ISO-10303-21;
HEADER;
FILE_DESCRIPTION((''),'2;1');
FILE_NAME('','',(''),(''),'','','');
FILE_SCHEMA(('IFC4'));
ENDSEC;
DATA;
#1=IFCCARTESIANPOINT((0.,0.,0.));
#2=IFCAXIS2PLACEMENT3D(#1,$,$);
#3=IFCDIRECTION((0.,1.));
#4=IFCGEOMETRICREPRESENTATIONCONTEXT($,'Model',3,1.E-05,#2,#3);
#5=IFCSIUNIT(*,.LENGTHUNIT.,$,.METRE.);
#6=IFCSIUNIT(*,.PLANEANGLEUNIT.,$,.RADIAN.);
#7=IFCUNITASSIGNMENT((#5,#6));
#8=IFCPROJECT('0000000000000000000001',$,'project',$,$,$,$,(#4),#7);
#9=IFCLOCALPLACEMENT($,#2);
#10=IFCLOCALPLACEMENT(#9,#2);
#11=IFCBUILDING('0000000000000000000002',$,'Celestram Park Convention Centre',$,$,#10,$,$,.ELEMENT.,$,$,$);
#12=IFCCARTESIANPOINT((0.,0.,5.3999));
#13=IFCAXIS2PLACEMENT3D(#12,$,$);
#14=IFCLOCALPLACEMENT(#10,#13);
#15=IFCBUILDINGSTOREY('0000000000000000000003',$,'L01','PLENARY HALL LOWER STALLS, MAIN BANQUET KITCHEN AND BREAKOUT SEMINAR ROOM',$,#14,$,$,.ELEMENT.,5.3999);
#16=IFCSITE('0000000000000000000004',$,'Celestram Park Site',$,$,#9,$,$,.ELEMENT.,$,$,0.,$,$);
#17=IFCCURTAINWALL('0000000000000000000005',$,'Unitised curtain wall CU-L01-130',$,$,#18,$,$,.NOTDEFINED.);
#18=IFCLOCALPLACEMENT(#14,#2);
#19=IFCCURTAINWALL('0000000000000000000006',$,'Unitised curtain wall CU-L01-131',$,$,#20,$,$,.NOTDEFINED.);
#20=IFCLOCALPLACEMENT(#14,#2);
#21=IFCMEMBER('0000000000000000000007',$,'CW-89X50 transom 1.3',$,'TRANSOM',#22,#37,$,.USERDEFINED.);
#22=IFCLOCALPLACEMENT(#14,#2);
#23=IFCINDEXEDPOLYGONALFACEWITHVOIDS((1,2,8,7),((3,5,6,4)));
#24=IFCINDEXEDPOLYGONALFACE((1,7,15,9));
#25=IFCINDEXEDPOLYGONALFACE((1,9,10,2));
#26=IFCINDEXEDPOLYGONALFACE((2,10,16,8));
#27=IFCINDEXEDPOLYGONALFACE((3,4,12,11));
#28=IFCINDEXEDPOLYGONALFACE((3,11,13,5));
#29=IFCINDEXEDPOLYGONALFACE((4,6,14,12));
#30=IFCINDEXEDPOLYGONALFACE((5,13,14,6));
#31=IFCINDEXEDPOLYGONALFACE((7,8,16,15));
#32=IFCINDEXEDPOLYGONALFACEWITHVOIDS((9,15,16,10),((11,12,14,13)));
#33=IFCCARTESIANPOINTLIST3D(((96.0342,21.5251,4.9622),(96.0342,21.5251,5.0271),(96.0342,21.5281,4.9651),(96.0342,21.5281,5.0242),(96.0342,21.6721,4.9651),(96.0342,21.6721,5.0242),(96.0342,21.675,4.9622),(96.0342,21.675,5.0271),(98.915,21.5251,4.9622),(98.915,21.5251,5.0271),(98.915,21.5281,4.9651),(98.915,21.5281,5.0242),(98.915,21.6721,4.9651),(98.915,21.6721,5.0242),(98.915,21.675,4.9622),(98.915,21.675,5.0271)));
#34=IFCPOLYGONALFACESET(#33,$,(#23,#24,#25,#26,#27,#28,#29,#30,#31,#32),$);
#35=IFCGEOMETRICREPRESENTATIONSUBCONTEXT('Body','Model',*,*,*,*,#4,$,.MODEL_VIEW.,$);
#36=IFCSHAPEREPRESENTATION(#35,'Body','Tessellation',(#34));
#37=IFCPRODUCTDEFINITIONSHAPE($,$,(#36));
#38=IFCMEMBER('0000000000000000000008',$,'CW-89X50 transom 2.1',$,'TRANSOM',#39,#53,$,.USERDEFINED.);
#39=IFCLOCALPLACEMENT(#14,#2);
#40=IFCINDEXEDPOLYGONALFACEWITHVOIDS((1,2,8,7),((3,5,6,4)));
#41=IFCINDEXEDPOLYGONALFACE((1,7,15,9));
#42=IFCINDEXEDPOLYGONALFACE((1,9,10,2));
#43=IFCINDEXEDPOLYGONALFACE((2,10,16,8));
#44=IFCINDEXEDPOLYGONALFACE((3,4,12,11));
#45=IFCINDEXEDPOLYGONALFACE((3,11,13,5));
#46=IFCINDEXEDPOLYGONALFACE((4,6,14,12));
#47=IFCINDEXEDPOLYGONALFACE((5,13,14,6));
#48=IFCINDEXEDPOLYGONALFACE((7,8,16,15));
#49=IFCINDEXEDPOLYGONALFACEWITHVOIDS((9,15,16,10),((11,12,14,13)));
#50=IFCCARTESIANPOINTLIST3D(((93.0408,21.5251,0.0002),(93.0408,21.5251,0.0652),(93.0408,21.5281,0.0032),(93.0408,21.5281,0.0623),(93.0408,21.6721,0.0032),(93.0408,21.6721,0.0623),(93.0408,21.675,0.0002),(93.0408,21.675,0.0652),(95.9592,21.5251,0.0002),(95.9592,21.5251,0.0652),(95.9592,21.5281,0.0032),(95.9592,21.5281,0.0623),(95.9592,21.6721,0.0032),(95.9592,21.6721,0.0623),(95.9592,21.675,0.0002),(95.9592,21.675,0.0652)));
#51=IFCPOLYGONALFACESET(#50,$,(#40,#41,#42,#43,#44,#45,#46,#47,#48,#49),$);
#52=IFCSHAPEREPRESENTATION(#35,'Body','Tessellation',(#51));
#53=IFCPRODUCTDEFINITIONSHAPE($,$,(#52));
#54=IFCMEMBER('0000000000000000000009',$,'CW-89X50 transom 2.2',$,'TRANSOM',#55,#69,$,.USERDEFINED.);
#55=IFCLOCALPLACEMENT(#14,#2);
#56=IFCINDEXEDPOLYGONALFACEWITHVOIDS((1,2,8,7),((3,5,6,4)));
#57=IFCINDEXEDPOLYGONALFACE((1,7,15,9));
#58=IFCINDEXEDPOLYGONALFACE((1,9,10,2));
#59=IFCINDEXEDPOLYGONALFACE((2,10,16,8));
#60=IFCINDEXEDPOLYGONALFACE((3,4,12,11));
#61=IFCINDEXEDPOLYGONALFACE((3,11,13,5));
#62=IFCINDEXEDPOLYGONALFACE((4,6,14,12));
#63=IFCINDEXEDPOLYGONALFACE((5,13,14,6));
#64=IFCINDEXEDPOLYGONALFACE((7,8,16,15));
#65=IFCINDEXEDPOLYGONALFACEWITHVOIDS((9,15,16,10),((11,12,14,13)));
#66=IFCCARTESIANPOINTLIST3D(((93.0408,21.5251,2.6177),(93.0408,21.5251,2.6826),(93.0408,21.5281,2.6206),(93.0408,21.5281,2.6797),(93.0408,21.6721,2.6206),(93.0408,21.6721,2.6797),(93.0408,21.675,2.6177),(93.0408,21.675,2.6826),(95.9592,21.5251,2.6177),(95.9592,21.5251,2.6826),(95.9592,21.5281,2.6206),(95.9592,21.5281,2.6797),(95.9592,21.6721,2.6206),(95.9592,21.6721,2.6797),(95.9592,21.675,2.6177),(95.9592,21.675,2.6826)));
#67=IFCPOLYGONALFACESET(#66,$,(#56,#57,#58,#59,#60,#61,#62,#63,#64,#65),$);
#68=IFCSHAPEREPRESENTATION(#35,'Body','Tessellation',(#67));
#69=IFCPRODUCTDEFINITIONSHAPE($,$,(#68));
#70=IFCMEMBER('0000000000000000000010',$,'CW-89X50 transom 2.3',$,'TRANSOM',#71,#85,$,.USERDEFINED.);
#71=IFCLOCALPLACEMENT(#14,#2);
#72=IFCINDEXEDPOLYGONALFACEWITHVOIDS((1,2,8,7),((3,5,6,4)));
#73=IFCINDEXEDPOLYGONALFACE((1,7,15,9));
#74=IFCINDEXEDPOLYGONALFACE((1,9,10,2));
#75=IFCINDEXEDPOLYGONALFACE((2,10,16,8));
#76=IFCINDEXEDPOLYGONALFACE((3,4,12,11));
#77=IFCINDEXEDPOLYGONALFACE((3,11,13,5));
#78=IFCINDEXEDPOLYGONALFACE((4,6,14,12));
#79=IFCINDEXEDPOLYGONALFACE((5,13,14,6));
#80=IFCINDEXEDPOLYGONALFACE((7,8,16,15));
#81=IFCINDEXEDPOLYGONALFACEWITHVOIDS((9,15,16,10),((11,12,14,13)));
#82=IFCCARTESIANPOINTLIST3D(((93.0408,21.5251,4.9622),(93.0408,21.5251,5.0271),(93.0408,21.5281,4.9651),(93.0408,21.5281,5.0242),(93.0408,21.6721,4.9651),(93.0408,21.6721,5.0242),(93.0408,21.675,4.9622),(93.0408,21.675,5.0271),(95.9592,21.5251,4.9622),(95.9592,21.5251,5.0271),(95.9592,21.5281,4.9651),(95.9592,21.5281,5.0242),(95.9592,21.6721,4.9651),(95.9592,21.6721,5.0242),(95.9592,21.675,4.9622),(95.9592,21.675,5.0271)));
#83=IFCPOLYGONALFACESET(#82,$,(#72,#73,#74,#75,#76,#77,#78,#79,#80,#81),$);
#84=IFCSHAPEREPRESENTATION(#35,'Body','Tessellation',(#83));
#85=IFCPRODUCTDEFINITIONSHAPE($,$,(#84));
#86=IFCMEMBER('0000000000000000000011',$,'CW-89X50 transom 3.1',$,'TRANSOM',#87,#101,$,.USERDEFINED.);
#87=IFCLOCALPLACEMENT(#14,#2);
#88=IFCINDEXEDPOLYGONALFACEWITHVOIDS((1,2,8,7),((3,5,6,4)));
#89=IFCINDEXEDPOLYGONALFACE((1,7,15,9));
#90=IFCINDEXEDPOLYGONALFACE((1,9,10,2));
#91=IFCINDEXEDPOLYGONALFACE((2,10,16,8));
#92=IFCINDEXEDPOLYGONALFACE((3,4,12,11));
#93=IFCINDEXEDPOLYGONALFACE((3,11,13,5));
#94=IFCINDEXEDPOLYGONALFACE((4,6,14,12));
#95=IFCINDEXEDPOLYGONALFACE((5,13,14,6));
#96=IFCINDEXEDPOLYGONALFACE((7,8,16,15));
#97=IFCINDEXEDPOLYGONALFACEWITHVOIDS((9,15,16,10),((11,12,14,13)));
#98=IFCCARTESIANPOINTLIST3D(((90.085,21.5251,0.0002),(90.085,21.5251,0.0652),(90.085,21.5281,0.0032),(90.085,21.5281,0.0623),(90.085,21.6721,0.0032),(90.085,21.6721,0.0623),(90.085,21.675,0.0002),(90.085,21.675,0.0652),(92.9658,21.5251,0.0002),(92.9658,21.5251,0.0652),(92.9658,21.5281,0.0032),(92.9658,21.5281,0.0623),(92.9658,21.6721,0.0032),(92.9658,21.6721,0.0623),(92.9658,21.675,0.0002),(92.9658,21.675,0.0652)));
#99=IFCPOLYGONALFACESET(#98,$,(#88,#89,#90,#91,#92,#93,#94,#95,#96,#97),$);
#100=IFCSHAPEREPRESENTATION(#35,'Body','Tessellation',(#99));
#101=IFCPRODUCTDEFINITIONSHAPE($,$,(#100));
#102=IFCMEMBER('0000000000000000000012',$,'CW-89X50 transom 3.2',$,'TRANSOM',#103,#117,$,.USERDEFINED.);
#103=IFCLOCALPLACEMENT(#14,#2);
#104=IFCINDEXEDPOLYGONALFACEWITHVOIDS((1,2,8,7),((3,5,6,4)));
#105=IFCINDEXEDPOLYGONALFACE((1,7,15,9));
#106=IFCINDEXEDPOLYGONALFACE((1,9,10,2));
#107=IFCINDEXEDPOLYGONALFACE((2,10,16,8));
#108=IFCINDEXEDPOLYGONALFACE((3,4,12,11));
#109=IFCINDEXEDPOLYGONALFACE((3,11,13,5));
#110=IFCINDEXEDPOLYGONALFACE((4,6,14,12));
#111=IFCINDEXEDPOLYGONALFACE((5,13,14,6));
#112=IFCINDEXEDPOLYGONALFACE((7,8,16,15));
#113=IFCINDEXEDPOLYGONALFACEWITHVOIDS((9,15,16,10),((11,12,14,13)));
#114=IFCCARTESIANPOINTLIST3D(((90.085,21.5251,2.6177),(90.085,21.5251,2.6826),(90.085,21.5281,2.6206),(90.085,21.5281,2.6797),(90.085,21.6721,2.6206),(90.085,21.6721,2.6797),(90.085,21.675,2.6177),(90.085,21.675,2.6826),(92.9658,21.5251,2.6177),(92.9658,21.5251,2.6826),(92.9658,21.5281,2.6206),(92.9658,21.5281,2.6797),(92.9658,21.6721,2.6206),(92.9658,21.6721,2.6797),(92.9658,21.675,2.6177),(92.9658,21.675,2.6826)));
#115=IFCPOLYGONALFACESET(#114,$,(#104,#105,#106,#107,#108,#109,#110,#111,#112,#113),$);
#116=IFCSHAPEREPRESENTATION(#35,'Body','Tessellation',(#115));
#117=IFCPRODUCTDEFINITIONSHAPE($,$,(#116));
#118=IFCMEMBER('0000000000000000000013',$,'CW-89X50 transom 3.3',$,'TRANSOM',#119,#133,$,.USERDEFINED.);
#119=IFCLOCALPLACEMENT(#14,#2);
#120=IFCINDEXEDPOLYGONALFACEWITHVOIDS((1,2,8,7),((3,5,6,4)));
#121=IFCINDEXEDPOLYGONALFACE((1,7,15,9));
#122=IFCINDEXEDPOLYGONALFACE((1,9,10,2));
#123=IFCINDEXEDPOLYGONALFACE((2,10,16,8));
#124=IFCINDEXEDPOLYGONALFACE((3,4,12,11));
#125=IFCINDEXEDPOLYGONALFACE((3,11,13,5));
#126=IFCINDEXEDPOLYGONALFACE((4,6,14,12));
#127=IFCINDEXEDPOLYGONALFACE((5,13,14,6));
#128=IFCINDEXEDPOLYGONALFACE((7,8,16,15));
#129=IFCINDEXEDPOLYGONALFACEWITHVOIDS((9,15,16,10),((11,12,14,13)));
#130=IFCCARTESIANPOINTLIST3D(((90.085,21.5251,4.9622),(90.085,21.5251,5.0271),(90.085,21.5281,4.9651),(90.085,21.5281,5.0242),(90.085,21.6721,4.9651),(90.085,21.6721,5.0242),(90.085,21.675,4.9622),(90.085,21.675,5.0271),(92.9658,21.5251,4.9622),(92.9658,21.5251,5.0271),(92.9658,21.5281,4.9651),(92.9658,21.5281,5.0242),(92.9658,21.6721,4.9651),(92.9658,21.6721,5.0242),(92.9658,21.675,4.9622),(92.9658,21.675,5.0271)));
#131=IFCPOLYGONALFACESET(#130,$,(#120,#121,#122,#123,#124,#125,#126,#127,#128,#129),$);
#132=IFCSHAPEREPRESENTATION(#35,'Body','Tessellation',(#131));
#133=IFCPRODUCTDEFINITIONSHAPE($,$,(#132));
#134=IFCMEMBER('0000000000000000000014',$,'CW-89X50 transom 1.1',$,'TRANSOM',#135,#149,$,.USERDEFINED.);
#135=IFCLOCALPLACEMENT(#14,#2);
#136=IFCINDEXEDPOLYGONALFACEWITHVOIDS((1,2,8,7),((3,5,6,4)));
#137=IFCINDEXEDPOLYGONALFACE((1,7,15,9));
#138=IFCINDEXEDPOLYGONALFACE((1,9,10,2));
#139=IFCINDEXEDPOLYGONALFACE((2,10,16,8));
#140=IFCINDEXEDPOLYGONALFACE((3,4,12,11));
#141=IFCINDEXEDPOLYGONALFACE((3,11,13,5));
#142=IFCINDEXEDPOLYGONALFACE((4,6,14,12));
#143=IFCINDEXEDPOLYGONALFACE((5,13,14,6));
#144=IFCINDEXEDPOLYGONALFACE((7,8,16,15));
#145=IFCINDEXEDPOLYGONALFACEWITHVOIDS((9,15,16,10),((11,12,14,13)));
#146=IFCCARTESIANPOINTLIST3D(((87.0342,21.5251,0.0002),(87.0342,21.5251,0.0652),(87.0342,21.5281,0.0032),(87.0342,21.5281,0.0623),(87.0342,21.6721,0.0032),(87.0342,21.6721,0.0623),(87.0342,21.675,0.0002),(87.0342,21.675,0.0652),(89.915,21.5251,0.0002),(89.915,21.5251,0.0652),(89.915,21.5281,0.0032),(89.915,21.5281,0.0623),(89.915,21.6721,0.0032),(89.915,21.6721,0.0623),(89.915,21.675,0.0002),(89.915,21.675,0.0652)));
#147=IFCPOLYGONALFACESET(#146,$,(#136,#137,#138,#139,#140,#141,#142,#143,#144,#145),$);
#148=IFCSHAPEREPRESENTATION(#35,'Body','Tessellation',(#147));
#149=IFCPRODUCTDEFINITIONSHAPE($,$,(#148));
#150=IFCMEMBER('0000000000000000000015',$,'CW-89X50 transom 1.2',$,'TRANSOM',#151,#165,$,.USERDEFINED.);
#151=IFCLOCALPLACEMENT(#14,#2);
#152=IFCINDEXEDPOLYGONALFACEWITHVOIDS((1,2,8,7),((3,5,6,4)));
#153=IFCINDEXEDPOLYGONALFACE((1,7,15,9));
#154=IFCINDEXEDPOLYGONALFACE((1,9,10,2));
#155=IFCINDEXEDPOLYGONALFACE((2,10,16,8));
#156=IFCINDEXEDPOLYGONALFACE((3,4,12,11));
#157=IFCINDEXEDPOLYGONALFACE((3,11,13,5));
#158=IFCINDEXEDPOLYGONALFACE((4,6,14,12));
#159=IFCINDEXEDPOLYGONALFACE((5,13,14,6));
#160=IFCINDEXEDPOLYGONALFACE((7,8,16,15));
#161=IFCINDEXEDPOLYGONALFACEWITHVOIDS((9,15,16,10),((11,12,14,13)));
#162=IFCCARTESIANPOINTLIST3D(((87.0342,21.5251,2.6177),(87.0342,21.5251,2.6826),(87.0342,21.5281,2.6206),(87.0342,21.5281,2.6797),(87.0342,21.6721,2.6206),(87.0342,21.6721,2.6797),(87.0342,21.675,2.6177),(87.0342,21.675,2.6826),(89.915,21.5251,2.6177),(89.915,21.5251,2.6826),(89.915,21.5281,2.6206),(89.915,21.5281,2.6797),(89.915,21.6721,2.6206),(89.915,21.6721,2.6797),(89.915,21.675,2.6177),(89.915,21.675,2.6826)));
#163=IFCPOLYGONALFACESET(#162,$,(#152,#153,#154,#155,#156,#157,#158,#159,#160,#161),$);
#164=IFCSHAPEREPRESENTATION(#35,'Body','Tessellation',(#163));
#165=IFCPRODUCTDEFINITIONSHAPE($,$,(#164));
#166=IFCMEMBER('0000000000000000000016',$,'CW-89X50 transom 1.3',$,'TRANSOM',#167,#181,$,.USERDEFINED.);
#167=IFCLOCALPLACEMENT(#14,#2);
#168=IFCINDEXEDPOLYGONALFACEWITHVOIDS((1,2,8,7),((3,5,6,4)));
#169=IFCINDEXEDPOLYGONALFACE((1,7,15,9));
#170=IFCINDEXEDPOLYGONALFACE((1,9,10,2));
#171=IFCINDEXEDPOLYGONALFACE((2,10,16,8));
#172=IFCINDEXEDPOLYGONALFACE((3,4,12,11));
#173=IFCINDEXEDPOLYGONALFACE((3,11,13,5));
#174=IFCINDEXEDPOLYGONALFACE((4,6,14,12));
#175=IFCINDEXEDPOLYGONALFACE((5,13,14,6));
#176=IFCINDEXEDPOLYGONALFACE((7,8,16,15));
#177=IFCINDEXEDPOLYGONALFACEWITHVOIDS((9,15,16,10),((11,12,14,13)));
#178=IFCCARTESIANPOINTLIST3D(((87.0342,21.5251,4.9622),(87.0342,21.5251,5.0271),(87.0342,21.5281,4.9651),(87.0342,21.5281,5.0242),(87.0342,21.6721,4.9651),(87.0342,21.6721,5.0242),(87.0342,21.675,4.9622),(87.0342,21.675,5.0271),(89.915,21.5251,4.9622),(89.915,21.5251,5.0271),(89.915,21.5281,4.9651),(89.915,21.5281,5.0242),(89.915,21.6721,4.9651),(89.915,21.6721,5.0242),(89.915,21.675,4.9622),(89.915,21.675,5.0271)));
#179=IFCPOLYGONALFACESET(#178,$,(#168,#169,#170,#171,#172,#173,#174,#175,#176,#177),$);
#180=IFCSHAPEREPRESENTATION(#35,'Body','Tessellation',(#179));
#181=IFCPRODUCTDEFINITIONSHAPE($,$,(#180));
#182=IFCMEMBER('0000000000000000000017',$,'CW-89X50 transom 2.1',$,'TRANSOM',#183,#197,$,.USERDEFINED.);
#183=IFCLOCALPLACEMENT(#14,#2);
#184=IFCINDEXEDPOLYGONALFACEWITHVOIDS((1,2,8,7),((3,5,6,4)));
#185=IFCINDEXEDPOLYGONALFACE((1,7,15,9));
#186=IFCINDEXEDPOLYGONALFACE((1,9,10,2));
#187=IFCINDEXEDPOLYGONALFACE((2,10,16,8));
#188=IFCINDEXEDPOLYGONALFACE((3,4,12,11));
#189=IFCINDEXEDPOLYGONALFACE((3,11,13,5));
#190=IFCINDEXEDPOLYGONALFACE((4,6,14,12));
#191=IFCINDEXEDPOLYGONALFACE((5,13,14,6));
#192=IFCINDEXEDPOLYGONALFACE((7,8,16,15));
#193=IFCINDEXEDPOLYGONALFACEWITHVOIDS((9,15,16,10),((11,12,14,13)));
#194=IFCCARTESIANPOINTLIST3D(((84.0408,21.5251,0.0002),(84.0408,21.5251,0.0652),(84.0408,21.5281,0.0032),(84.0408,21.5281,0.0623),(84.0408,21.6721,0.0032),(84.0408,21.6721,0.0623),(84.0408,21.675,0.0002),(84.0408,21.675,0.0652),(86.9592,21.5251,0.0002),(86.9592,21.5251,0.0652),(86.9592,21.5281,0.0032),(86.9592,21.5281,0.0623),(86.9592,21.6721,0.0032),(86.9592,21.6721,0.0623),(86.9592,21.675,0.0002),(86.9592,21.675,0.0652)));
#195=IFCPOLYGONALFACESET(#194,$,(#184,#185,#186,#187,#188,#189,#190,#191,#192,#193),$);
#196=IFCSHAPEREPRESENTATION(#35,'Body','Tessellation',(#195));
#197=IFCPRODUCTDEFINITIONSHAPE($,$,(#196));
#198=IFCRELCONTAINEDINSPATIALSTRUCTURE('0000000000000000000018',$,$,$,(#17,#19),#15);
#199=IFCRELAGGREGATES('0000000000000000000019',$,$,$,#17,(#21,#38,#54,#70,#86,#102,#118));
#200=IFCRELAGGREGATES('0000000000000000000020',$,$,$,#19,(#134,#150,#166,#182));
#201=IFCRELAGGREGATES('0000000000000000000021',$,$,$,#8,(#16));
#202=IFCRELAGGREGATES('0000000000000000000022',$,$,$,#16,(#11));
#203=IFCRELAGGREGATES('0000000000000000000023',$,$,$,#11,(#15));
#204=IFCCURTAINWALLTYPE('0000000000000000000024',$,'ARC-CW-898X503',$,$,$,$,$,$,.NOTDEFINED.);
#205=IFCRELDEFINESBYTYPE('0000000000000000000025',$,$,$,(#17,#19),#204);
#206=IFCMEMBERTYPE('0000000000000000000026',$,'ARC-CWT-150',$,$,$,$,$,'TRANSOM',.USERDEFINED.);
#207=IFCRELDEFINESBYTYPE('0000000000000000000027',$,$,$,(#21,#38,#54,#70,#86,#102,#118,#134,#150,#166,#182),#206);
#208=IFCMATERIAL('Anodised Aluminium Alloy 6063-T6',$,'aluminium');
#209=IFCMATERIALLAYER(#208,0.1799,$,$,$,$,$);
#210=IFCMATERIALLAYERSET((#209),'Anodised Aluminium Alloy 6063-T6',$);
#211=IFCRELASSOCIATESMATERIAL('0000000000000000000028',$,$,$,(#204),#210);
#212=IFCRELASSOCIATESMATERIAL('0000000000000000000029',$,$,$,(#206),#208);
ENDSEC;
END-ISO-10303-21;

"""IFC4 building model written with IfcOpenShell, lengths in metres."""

from ifc_helpers import new_model, si_unit, direction, frame, origin, origin_2d, place, context, subcontext, project, spatial, hollow_rectangle, extrude, material, layer, layer_set, material_profile, profile_set, type_object, element, aggregate, save


model = new_model("IFC4")

# Units and contexts
model_context = context("Model", 3, precision=1e-05, world=origin(), true_north=direction((0.0, 1.0)))
body_context = subcontext(model_context, "Body", "Model", "MODEL_VIEW")
ifc_project = project(units=[si_unit("LENGTHUNIT", "METRE"), si_unit("PLANEANGLEUNIT", "RADIAN")], contexts=[model_context])

# Site, building, storey
site_placement = place(None, origin())
site = spatial("IfcSite", under=ifc_project, at=site_placement, Name="Celestram Park Site", CompositionType="ELEMENT", RefElevation=0.0)
building_placement = place(site_placement, origin())
building = spatial("IfcBuilding", under=site, at=building_placement, Name="Celestram Park Convention Centre", CompositionType="ELEMENT")
storey_placement = place(building_placement, frame((0.0, 0.0, 5.3999)))
storey = spatial("IfcBuildingStorey", under=building, at=storey_placement, Name="L01", Description="PLENARY HALL LOWER STALLS, MAIN BANQUET KITCHEN AND BREAKOUT SEMINAR ROOM", CompositionType="ELEMENT", Elevation=5.3999)

# Curtain walls
ifc_material_1 = material(Name="Anodised Aluminium Alloy 6063-T6", Category="aluminium")
ifc_layer_1 = layer(ifc_material_1, 0.1799)
ifc_layer_set_1 = layer_set([ifc_layer_1], Name="Anodised Aluminium Alloy 6063-T6")
curtain_wall_type = type_object("IfcCurtainWallType", Name="ARC-CW-898X503", PredefinedType="NOTDEFINED", material=ifc_layer_set_1)
curtain_wall_1_placement = place(storey_placement, origin())
curtain_wall_1 = element("IfcCurtainWall", 1, at=curtain_wall_1_placement, inside=storey, type_object=curtain_wall_type, Name="Unitised curtain wall CU-L01-130", PredefinedType="NOTDEFINED")
curtain_wall_2_placement = place(storey_placement, origin())
curtain_wall_2 = element("IfcCurtainWall", 2, at=curtain_wall_2_placement, inside=storey, type_object=curtain_wall_type, Name="Unitised curtain wall CU-L01-131", PredefinedType="NOTDEFINED")

# Members
ifc_material_profile_1 = material_profile(ifc_material_1, hollow_rectangle(XDim=0.1499, YDim=0.0649, WallThickness=0.0029, at=origin_2d()), Name="ALU150X65X3")
ifc_profile_set_1 = profile_set([ifc_material_profile_1], Name="Anodised Aluminium Alloy 6063-T6")
member_type_1 = type_object("IfcMemberType", Name="ARC-CWT-150", ElementType="TRANSOM", PredefinedType="USERDEFINED", material=ifc_profile_set_1)
member_1_placement = place(storey_placement, frame((98.915, 21.6001, 4.9946), z_axis=(-1.0, 0.0, 0.0), x_axis=(0.0, -1.0, 0.0)))
member_1 = element("IfcMember", 3, at=member_1_placement, type_object=member_type_1, Name="CW-89X50 transom 1.3", ObjectType="TRANSOM", PredefinedType="USERDEFINED", context=body_context, shape_type="SweptSolid", body=[
    extrude(hollow_rectangle(XDim=0.1499, YDim=0.0649, WallThickness=0.0029, at=origin_2d()), origin(), (0.0, 0.0, 1.0), 2.8809),
])
member_2_placement = place(storey_placement, frame((95.9592, 21.6001, 0.0327), z_axis=(-1.0, 0.0, 0.0), x_axis=(0.0, -1.0, 0.0)))
member_2 = element("IfcMember", 4, at=member_2_placement, type_object=member_type_1, Name="CW-89X50 transom 2.1", ObjectType="TRANSOM", PredefinedType="USERDEFINED", context=body_context, shape_type="SweptSolid", body=[
    extrude(hollow_rectangle(XDim=0.1499, YDim=0.0649, WallThickness=0.0029, at=origin_2d()), origin(), (0.0, 0.0, 1.0), 2.9185),
])
member_3_placement = place(storey_placement, frame((95.9592, 21.6001, 2.6501), z_axis=(-1.0, 0.0, 0.0), x_axis=(0.0, -1.0, 0.0)))
member_3 = element("IfcMember", 5, at=member_3_placement, type_object=member_type_1, Name="CW-89X50 transom 2.2", ObjectType="TRANSOM", PredefinedType="USERDEFINED", context=body_context, shape_type="SweptSolid", body=[
    extrude(hollow_rectangle(XDim=0.1499, YDim=0.0649, WallThickness=0.0029, at=origin_2d()), origin(), (0.0, 0.0, 1.0), 2.9185),
])
member_4_placement = place(storey_placement, frame((95.9592, 21.6001, 4.9946), z_axis=(-1.0, 0.0, 0.0), x_axis=(0.0, -1.0, 0.0)))
member_4 = element("IfcMember", 6, at=member_4_placement, type_object=member_type_1, Name="CW-89X50 transom 2.3", ObjectType="TRANSOM", PredefinedType="USERDEFINED", context=body_context, shape_type="SweptSolid", body=[
    extrude(hollow_rectangle(XDim=0.1499, YDim=0.0649, WallThickness=0.0029, at=origin_2d()), origin(), (0.0, 0.0, 1.0), 2.9185),
])
member_5_placement = place(storey_placement, frame((92.9658, 21.6001, 0.0327), z_axis=(-1.0, 0.0, 0.0), x_axis=(0.0, -1.0, 0.0)))
member_5 = element("IfcMember", 7, at=member_5_placement, type_object=member_type_1, Name="CW-89X50 transom 3.1", ObjectType="TRANSOM", PredefinedType="USERDEFINED", context=body_context, shape_type="SweptSolid", body=[
    extrude(hollow_rectangle(XDim=0.1499, YDim=0.0649, WallThickness=0.0029, at=origin_2d()), origin(), (0.0, 0.0, 1.0), 2.8809),
])
member_6_placement = place(storey_placement, frame((92.9658, 21.6001, 2.6501), z_axis=(-1.0, 0.0, 0.0), x_axis=(0.0, -1.0, 0.0)))
member_6 = element("IfcMember", 8, at=member_6_placement, type_object=member_type_1, Name="CW-89X50 transom 3.2", ObjectType="TRANSOM", PredefinedType="USERDEFINED", context=body_context, shape_type="SweptSolid", body=[
    extrude(hollow_rectangle(XDim=0.1499, YDim=0.0649, WallThickness=0.0029, at=origin_2d()), origin(), (0.0, 0.0, 1.0), 2.8809),
])
member_7_placement = place(storey_placement, frame((92.9658, 21.6001, 4.9946), z_axis=(-1.0, 0.0, 0.0), x_axis=(0.0, -1.0, 0.0)))
member_7 = element("IfcMember", 9, at=member_7_placement, type_object=member_type_1, Name="CW-89X50 transom 3.3", ObjectType="TRANSOM", PredefinedType="USERDEFINED", context=body_context, shape_type="SweptSolid", body=[
    extrude(hollow_rectangle(XDim=0.1499, YDim=0.0649, WallThickness=0.0029, at=origin_2d()), origin(), (0.0, 0.0, 1.0), 2.8809),
])
member_8_placement = place(storey_placement, frame((89.915, 21.6001, 0.0327), z_axis=(-1.0, 0.0, 0.0), x_axis=(0.0, -1.0, 0.0)))
member_8 = element("IfcMember", 10, at=member_8_placement, type_object=member_type_1, Name="CW-89X50 transom 1.1", ObjectType="TRANSOM", PredefinedType="USERDEFINED", context=body_context, shape_type="SweptSolid", body=[
    extrude(hollow_rectangle(XDim=0.1499, YDim=0.0649, WallThickness=0.0029, at=origin_2d()), origin(), (0.0, 0.0, 1.0), 2.8809),
])
member_9_placement = place(storey_placement, frame((89.915, 21.6001, 2.6501), z_axis=(-1.0, 0.0, 0.0), x_axis=(0.0, -1.0, 0.0)))
member_9 = element("IfcMember", 11, at=member_9_placement, type_object=member_type_1, Name="CW-89X50 transom 1.2", ObjectType="TRANSOM", PredefinedType="USERDEFINED", context=body_context, shape_type="SweptSolid", body=[
    extrude(hollow_rectangle(XDim=0.1499, YDim=0.0649, WallThickness=0.0029, at=origin_2d()), origin(), (0.0, 0.0, 1.0), 2.8809),
])
member_10_placement = place(storey_placement, frame((89.915, 21.6001, 4.9946), z_axis=(-1.0, 0.0, 0.0), x_axis=(0.0, -1.0, 0.0)))
member_10 = element("IfcMember", 12, at=member_10_placement, type_object=member_type_1, Name="CW-89X50 transom 1.3", ObjectType="TRANSOM", PredefinedType="USERDEFINED", context=body_context, shape_type="SweptSolid", body=[
    extrude(hollow_rectangle(XDim=0.1499, YDim=0.0649, WallThickness=0.0029, at=origin_2d()), origin(), (0.0, 0.0, 1.0), 2.8809),
])
member_11_placement = place(storey_placement, frame((86.9592, 21.6001, 0.0327), z_axis=(-1.0, 0.0, 0.0), x_axis=(0.0, -1.0, 0.0)))
member_11 = element("IfcMember", 13, at=member_11_placement, type_object=member_type_1, Name="CW-89X50 transom 2.1", ObjectType="TRANSOM", PredefinedType="USERDEFINED", context=body_context, shape_type="SweptSolid", body=[
    extrude(hollow_rectangle(XDim=0.1499, YDim=0.0649, WallThickness=0.0029, at=origin_2d()), origin(), (0.0, 0.0, 1.0), 2.9185),
])

aggregate(curtain_wall_1, [member_1, member_2, member_3, member_4, member_5, member_6, member_7])
aggregate(curtain_wall_2, [member_8, member_9, member_10, member_11])

save(model, "model.ifc")
